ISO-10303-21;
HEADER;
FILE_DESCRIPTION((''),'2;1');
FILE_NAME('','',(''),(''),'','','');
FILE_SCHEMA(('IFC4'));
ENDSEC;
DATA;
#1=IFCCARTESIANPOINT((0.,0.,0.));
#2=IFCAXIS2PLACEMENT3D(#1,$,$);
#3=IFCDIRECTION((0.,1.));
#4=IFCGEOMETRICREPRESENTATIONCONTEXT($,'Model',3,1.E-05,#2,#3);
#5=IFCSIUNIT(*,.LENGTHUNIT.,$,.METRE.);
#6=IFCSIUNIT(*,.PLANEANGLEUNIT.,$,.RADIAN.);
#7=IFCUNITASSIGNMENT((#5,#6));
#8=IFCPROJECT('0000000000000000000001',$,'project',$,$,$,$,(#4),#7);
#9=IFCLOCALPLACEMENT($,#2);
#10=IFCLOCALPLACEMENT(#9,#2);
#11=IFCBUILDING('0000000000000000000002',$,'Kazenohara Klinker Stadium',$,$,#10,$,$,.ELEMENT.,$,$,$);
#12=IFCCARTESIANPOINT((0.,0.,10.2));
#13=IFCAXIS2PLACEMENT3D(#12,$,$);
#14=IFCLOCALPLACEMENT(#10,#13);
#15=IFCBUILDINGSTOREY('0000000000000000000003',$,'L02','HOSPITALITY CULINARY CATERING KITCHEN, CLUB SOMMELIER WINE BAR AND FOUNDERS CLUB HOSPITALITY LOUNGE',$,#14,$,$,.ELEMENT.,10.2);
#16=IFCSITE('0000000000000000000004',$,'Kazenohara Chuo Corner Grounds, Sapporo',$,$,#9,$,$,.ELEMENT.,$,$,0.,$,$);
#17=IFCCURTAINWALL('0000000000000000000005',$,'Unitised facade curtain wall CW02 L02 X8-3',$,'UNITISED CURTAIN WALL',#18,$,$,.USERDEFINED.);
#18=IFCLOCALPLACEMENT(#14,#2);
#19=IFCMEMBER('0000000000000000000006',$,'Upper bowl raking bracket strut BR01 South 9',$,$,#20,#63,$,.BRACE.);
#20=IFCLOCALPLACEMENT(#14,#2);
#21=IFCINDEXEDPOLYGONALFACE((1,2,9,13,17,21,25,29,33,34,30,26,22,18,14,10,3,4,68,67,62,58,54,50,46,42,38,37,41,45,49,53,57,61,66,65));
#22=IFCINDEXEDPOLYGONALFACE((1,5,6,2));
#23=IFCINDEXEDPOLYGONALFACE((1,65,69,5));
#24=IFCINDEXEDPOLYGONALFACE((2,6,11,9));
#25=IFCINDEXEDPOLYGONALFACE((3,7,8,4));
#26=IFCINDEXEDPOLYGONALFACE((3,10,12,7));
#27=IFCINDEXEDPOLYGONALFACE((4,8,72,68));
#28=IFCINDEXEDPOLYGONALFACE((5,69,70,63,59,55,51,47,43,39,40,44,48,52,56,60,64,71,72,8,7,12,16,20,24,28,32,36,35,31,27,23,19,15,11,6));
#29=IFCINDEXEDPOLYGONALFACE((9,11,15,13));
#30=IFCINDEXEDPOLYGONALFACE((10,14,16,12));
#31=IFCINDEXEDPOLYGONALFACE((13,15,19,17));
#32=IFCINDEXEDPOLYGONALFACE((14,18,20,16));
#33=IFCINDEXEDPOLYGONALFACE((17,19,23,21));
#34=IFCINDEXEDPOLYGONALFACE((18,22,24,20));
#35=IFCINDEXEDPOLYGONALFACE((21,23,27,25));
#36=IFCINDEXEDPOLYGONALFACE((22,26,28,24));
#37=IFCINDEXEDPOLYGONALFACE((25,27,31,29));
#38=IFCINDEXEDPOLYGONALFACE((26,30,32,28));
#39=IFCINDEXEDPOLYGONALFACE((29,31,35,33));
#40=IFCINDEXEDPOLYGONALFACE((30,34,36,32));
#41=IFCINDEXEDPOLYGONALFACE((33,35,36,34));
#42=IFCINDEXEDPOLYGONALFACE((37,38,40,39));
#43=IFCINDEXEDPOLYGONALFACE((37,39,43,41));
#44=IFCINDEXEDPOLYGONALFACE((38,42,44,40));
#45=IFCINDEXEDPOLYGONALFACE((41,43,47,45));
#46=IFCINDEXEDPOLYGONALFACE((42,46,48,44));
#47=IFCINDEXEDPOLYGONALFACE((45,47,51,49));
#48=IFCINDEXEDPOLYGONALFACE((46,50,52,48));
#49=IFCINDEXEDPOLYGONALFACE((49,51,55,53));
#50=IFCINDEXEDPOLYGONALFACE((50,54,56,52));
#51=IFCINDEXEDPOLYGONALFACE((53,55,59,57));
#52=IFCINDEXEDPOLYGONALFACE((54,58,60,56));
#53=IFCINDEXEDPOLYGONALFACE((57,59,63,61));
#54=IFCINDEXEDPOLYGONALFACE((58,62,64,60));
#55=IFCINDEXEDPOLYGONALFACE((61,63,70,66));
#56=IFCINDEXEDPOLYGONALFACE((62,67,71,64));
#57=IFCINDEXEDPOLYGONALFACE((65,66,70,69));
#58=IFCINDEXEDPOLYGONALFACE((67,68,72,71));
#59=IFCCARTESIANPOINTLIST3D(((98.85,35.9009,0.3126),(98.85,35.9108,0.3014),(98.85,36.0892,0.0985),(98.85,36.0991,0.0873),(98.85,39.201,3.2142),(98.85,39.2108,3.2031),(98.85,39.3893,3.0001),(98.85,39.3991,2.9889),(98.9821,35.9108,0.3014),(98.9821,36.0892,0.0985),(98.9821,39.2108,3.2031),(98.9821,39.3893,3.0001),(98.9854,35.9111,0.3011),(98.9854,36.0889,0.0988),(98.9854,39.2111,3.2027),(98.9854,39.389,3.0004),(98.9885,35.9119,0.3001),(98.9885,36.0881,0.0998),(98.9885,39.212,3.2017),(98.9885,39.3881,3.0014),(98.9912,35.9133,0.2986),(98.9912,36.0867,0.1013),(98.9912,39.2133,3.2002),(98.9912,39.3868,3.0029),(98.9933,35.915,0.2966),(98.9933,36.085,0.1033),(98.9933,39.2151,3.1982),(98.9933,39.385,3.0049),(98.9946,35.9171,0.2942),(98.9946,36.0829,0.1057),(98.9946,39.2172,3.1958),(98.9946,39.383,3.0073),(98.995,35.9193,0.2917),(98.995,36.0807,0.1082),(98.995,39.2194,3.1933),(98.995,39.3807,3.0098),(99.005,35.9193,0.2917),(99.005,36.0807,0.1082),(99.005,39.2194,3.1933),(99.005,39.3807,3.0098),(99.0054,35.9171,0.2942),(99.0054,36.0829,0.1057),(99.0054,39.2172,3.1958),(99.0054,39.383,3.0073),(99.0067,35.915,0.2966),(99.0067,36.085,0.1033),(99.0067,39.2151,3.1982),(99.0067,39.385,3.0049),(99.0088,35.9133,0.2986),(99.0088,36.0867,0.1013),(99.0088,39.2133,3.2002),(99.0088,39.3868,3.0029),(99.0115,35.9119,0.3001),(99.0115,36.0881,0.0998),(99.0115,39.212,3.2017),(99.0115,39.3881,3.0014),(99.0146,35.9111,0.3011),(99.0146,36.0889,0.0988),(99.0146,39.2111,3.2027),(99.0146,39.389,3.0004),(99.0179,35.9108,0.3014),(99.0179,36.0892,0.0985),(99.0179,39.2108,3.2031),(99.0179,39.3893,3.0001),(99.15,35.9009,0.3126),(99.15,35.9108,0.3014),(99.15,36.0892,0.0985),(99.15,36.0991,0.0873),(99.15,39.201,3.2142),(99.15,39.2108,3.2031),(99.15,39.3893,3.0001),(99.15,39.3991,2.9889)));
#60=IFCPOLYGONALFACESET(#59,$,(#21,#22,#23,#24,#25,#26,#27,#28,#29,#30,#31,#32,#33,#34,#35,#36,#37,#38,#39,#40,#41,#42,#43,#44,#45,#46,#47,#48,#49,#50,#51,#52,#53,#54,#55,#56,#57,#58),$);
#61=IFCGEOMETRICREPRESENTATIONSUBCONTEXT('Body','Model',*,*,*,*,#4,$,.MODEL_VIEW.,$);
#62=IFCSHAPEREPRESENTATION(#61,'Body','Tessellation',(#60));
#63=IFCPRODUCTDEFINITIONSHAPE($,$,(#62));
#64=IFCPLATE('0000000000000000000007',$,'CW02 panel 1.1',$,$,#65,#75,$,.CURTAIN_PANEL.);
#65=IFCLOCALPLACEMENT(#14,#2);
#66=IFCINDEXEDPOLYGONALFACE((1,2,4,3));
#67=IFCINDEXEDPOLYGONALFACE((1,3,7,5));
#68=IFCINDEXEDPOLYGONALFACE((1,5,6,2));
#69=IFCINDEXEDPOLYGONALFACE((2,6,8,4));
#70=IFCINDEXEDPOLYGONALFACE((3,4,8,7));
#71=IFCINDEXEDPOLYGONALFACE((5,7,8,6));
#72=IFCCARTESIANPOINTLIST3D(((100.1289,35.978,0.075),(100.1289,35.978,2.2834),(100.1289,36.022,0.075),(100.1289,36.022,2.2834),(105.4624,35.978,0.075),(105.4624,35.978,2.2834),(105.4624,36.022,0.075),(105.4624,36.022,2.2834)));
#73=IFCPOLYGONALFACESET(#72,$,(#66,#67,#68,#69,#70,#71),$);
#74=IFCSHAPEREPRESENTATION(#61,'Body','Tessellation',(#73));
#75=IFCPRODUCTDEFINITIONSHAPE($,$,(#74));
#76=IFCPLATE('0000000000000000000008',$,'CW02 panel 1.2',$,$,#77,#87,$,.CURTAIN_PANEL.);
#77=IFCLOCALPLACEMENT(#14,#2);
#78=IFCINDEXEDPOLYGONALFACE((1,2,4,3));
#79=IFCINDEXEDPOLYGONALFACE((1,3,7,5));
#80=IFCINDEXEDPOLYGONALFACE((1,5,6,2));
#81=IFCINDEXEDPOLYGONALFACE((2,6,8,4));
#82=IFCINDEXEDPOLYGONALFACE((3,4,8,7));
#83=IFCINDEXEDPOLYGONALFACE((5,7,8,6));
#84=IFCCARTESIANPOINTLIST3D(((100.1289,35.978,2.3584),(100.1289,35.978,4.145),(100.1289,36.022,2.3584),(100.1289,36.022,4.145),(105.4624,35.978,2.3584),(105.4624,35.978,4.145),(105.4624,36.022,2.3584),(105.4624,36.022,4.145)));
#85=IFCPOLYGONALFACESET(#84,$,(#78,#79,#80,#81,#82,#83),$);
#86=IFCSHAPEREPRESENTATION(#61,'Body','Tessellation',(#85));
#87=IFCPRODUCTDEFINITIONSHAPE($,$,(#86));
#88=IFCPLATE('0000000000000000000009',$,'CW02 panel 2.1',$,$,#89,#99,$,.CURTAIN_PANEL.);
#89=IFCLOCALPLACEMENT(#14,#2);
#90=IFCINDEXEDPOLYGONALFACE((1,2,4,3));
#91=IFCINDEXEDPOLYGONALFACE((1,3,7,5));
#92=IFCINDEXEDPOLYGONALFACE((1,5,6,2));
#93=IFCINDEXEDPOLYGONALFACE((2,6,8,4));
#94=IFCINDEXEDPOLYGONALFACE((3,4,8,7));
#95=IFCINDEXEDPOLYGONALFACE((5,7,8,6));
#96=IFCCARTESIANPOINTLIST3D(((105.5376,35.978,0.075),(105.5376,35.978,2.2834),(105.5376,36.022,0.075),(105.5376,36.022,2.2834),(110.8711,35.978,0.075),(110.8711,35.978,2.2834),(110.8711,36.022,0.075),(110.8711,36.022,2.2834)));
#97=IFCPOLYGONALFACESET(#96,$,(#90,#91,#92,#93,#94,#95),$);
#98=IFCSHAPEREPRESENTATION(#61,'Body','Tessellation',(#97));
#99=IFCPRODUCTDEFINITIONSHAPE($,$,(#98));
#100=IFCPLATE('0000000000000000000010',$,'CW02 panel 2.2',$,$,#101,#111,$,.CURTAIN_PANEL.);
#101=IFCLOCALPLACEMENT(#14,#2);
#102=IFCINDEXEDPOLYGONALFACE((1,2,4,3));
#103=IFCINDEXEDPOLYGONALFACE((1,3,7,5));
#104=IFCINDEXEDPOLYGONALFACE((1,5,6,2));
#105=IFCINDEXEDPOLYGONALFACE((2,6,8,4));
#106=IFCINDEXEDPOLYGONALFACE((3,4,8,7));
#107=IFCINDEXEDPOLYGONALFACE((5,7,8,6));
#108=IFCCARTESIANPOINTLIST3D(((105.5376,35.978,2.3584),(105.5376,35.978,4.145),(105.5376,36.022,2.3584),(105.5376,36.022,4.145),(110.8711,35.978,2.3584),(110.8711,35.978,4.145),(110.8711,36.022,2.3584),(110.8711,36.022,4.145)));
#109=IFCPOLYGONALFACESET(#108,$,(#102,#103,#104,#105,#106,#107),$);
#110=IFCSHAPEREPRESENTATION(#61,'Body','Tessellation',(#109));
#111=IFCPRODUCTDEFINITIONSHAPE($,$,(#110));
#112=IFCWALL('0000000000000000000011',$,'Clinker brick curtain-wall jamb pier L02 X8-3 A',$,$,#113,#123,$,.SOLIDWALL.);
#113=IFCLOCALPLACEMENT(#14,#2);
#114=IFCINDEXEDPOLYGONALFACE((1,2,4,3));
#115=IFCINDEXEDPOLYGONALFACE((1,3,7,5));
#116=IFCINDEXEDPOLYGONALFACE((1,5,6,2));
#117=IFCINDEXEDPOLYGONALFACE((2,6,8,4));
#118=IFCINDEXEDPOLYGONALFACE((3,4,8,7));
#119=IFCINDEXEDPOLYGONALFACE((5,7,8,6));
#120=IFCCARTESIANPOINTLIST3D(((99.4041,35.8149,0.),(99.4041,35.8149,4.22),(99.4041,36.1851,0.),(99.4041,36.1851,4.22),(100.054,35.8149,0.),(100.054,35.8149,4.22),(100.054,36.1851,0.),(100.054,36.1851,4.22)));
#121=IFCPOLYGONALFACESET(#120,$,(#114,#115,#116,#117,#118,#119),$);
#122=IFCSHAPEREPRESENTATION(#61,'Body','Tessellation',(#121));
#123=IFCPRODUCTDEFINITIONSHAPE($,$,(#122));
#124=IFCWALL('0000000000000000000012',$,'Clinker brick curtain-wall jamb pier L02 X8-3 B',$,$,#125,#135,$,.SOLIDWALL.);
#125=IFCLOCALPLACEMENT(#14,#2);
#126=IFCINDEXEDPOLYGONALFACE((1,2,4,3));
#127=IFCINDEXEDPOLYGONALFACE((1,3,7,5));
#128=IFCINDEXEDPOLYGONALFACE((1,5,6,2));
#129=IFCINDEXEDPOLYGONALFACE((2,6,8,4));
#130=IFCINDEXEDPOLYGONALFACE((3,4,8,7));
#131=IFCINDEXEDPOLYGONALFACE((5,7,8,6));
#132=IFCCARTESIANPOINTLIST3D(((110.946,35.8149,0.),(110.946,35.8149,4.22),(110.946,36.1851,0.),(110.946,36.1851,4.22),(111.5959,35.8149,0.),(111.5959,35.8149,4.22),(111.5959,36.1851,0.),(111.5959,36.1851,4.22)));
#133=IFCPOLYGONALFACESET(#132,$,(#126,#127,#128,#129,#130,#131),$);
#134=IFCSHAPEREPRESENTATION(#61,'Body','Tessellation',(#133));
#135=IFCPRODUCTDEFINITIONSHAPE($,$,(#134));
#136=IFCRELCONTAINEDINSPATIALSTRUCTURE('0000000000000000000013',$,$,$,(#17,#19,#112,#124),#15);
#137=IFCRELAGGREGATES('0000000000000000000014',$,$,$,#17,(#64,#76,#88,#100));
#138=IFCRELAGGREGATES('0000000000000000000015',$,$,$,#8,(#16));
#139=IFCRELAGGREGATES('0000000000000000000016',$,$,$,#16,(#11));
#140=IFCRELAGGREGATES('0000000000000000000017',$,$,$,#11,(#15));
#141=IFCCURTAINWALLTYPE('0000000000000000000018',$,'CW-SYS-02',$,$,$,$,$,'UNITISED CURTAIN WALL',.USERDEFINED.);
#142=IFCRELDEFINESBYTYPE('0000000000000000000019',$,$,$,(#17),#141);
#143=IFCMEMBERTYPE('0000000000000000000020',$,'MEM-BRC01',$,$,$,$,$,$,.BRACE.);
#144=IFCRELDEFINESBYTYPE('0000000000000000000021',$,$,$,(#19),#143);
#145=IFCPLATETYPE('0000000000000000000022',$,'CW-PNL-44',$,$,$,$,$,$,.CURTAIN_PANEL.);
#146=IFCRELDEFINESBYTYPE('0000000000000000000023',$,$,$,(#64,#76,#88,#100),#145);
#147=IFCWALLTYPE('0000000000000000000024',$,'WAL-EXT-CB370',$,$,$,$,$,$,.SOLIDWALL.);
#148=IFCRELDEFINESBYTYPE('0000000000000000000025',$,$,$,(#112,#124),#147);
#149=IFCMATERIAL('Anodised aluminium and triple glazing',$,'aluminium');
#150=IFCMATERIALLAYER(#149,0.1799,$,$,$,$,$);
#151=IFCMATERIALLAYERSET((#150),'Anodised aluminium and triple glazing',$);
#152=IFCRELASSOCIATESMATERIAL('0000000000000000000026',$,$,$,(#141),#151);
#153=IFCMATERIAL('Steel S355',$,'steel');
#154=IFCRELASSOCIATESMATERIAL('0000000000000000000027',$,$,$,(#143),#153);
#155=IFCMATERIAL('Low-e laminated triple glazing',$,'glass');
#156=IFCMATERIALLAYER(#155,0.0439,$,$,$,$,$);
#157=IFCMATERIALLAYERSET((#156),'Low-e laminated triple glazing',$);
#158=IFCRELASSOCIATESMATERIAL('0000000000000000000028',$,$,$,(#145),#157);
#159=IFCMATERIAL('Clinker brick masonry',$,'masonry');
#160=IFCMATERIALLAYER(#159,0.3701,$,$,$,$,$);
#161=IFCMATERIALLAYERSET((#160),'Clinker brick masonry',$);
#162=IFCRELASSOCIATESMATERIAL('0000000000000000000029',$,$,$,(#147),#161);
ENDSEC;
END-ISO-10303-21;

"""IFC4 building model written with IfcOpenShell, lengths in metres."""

from ifc_helpers import new_model, si_unit, direction, frame, frame_2d, origin, origin_2d, place, context, subcontext, project, spatial, rectangle, i_section, extrude, material, layer, layer_set, material_profile, profile_set, type_object, element, aggregate, save


model = new_model("IFC4")

# Units and contexts
model_context = context("Model", 3, precision=1e-05, world=origin(), true_north=direction((0.0, 1.0)))
body_context = subcontext(model_context, "Body", "Model", "MODEL_VIEW")
ifc_project = project(units=[si_unit("LENGTHUNIT", "METRE"), si_unit("PLANEANGLEUNIT", "RADIAN")], contexts=[model_context])

# Site, building, storey
site_placement = place(None, origin())
site = spatial("IfcSite", under=ifc_project, at=site_placement, Name="Kazenohara Chuo Corner Grounds, Sapporo", CompositionType="ELEMENT", RefElevation=0.0)
building_placement = place(site_placement, origin())
building = spatial("IfcBuilding", under=site, at=building_placement, Name="Kazenohara Klinker Stadium", CompositionType="ELEMENT")
storey_placement = place(building_placement, frame((0.0, 0.0, 10.2)))
storey = spatial("IfcBuildingStorey", under=building, at=storey_placement, Name="L02", Description="HOSPITALITY CULINARY CATERING KITCHEN, CLUB SOMMELIER WINE BAR AND FOUNDERS CLUB HOSPITALITY LOUNGE", CompositionType="ELEMENT", Elevation=10.2)

# Shared definitions
ifc_material_1 = material(Name="Steel S355", Category="steel")

# Curtain wall
ifc_material_2 = material(Name="Anodised aluminium and triple glazing", Category="aluminium")
ifc_layer_1 = layer(ifc_material_2, 0.1799)
ifc_layer_set_1 = layer_set([ifc_layer_1], Name="Anodised aluminium and triple glazing")
curtain_wall_type = type_object("IfcCurtainWallType", Name="CW-SYS-02", ElementType="UNITISED CURTAIN WALL", PredefinedType="USERDEFINED", material=ifc_layer_set_1)
curtain_wall_placement = place(storey_placement, origin())
curtain_wall = element("IfcCurtainWall", 1, at=curtain_wall_placement, inside=storey, type_object=curtain_wall_type, Name="Unitised facade curtain wall CW02 L02 X8-3", ObjectType="UNITISED CURTAIN WALL", PredefinedType="USERDEFINED")

# Member
ifc_material_profile_1 = material_profile(ifc_material_1, i_section(OverallWidth=0.3, OverallDepth=0.3, WebThickness=0.01, FlangeThickness=0.0149, FilletRadius=0.0129, at=origin_2d()), Name="H-300x300x10x15")
ifc_profile_set_1 = profile_set([ifc_material_profile_1], Name="Steel S355")
member_type_1 = type_object("IfcMemberType", Name="MEM-BRC01", PredefinedType="BRACE", material=ifc_profile_set_1)
member_1_placement = place(storey_placement, frame((99.0, 36.0, 0.2), z_axis=(0.0, 0.750988, 0.660316), x_axis=(-1.0, 0.0, 0.0)))
element("IfcMember", 2, at=member_1_placement, inside=storey, type_object=member_type_1, Name="Upper bowl raking bracket strut BR01 South 9", PredefinedType="BRACE", context=body_context, shape_type="SweptSolid", body=[
    extrude(i_section(OverallWidth=0.3, OverallDepth=0.3, WebThickness=0.01, FlangeThickness=0.0149, FilletRadius=0.0129, at=origin_2d()), origin(), (0.0, 0.0, 1.0), 4.3943),
])

# Plates
ifc_material_3 = material(Name="Low-e laminated triple glazing", Category="glass")
ifc_layer_2 = layer(ifc_material_3, 0.0439)
ifc_layer_set_2 = layer_set([ifc_layer_2], Name="Low-e laminated triple glazing")
plate_type = type_object("IfcPlateType", Name="CW-PNL-44", PredefinedType="CURTAIN_PANEL", material=ifc_layer_set_2)
plate_1_placement = place(storey_placement, frame((102.7957, 36.0, 0.075), z_axis=(0.0, 0.0, 1.0), x_axis=(1.0, 0.0, 0.0)))
plate_1 = element("IfcPlate", 3, at=plate_1_placement, type_object=plate_type, Name="CW02 panel 1.1", PredefinedType="CURTAIN_PANEL", context=body_context, shape_type="SweptSolid", body=[
    extrude(rectangle(XDim=5.3335, YDim=0.0439, at=origin_2d()), origin(), (0.0, 0.0, 1.0), 2.2085),
])
plate_2_placement = place(storey_placement, frame((102.7957, 36.0, 2.3584), z_axis=(0.0, 0.0, 1.0), x_axis=(1.0, 0.0, 0.0)))
plate_2 = element("IfcPlate", 4, at=plate_2_placement, type_object=plate_type, Name="CW02 panel 1.2", PredefinedType="CURTAIN_PANEL", context=body_context, shape_type="SweptSolid", body=[
    extrude(rectangle(XDim=5.3335, YDim=0.0439, at=origin_2d()), origin(), (0.0, 0.0, 1.0), 1.7866),
])
plate_3_placement = place(storey_placement, frame((108.2043, 36.0, 0.075), z_axis=(0.0, 0.0, 1.0), x_axis=(1.0, 0.0, 0.0)))
plate_3 = element("IfcPlate", 5, at=plate_3_placement, type_object=plate_type, Name="CW02 panel 2.1", PredefinedType="CURTAIN_PANEL", context=body_context, shape_type="SweptSolid", body=[
    extrude(rectangle(XDim=5.3335, YDim=0.0439, at=origin_2d()), origin(), (0.0, 0.0, 1.0), 2.2085),
])
plate_4_placement = place(storey_placement, frame((108.2043, 36.0, 2.3584), z_axis=(0.0, 0.0, 1.0), x_axis=(1.0, 0.0, 0.0)))
plate_4 = element("IfcPlate", 6, at=plate_4_placement, type_object=plate_type, Name="CW02 panel 2.2", PredefinedType="CURTAIN_PANEL", context=body_context, shape_type="SweptSolid", body=[
    extrude(rectangle(XDim=5.3335, YDim=0.0439, at=origin_2d()), origin(), (0.0, 0.0, 1.0), 1.7866),
])
aggregate(curtain_wall, [plate_1, plate_2, plate_3, plate_4])

# Walls
ifc_material_4 = material(Name="Clinker brick masonry", Category="masonry")
ifc_layer_3 = layer(ifc_material_4, 0.3701)
ifc_layer_set_3 = layer_set([ifc_layer_3], Name="Clinker brick masonry")
wall_type = type_object("IfcWallType", Name="WAL-EXT-CB370", PredefinedType="SOLIDWALL", material=ifc_layer_set_3)
for number, where, z_axis, x_axis, name in (
    (7, (99.4041, 36.0, 0.0), (0.0, 0.0, 1.0), (1.0, 0.0, 0.0), "Clinker brick curtain-wall jamb pier L02 X8-3 A"),
    (8, (110.946, 36.0, 0.0), (0.0, 0.0, 1.0), (1.0, 0.0, 0.0), "Clinker brick curtain-wall jamb pier L02 X8-3 B"),
):
    element("IfcWall", number, at=place(storey_placement, frame(where, z_axis=z_axis, x_axis=x_axis)), inside=storey, type_object=wall_type, Name=name, PredefinedType="SOLIDWALL", context=body_context, shape_type="SweptSolid", body=[
        extrude(rectangle(XDim=0.6499, YDim=0.3701, at=frame_2d((0.325, 0.0))), origin(), (0.0, 0.0, 1.0), 4.22),
    ])

save(model, "model.ifc")
